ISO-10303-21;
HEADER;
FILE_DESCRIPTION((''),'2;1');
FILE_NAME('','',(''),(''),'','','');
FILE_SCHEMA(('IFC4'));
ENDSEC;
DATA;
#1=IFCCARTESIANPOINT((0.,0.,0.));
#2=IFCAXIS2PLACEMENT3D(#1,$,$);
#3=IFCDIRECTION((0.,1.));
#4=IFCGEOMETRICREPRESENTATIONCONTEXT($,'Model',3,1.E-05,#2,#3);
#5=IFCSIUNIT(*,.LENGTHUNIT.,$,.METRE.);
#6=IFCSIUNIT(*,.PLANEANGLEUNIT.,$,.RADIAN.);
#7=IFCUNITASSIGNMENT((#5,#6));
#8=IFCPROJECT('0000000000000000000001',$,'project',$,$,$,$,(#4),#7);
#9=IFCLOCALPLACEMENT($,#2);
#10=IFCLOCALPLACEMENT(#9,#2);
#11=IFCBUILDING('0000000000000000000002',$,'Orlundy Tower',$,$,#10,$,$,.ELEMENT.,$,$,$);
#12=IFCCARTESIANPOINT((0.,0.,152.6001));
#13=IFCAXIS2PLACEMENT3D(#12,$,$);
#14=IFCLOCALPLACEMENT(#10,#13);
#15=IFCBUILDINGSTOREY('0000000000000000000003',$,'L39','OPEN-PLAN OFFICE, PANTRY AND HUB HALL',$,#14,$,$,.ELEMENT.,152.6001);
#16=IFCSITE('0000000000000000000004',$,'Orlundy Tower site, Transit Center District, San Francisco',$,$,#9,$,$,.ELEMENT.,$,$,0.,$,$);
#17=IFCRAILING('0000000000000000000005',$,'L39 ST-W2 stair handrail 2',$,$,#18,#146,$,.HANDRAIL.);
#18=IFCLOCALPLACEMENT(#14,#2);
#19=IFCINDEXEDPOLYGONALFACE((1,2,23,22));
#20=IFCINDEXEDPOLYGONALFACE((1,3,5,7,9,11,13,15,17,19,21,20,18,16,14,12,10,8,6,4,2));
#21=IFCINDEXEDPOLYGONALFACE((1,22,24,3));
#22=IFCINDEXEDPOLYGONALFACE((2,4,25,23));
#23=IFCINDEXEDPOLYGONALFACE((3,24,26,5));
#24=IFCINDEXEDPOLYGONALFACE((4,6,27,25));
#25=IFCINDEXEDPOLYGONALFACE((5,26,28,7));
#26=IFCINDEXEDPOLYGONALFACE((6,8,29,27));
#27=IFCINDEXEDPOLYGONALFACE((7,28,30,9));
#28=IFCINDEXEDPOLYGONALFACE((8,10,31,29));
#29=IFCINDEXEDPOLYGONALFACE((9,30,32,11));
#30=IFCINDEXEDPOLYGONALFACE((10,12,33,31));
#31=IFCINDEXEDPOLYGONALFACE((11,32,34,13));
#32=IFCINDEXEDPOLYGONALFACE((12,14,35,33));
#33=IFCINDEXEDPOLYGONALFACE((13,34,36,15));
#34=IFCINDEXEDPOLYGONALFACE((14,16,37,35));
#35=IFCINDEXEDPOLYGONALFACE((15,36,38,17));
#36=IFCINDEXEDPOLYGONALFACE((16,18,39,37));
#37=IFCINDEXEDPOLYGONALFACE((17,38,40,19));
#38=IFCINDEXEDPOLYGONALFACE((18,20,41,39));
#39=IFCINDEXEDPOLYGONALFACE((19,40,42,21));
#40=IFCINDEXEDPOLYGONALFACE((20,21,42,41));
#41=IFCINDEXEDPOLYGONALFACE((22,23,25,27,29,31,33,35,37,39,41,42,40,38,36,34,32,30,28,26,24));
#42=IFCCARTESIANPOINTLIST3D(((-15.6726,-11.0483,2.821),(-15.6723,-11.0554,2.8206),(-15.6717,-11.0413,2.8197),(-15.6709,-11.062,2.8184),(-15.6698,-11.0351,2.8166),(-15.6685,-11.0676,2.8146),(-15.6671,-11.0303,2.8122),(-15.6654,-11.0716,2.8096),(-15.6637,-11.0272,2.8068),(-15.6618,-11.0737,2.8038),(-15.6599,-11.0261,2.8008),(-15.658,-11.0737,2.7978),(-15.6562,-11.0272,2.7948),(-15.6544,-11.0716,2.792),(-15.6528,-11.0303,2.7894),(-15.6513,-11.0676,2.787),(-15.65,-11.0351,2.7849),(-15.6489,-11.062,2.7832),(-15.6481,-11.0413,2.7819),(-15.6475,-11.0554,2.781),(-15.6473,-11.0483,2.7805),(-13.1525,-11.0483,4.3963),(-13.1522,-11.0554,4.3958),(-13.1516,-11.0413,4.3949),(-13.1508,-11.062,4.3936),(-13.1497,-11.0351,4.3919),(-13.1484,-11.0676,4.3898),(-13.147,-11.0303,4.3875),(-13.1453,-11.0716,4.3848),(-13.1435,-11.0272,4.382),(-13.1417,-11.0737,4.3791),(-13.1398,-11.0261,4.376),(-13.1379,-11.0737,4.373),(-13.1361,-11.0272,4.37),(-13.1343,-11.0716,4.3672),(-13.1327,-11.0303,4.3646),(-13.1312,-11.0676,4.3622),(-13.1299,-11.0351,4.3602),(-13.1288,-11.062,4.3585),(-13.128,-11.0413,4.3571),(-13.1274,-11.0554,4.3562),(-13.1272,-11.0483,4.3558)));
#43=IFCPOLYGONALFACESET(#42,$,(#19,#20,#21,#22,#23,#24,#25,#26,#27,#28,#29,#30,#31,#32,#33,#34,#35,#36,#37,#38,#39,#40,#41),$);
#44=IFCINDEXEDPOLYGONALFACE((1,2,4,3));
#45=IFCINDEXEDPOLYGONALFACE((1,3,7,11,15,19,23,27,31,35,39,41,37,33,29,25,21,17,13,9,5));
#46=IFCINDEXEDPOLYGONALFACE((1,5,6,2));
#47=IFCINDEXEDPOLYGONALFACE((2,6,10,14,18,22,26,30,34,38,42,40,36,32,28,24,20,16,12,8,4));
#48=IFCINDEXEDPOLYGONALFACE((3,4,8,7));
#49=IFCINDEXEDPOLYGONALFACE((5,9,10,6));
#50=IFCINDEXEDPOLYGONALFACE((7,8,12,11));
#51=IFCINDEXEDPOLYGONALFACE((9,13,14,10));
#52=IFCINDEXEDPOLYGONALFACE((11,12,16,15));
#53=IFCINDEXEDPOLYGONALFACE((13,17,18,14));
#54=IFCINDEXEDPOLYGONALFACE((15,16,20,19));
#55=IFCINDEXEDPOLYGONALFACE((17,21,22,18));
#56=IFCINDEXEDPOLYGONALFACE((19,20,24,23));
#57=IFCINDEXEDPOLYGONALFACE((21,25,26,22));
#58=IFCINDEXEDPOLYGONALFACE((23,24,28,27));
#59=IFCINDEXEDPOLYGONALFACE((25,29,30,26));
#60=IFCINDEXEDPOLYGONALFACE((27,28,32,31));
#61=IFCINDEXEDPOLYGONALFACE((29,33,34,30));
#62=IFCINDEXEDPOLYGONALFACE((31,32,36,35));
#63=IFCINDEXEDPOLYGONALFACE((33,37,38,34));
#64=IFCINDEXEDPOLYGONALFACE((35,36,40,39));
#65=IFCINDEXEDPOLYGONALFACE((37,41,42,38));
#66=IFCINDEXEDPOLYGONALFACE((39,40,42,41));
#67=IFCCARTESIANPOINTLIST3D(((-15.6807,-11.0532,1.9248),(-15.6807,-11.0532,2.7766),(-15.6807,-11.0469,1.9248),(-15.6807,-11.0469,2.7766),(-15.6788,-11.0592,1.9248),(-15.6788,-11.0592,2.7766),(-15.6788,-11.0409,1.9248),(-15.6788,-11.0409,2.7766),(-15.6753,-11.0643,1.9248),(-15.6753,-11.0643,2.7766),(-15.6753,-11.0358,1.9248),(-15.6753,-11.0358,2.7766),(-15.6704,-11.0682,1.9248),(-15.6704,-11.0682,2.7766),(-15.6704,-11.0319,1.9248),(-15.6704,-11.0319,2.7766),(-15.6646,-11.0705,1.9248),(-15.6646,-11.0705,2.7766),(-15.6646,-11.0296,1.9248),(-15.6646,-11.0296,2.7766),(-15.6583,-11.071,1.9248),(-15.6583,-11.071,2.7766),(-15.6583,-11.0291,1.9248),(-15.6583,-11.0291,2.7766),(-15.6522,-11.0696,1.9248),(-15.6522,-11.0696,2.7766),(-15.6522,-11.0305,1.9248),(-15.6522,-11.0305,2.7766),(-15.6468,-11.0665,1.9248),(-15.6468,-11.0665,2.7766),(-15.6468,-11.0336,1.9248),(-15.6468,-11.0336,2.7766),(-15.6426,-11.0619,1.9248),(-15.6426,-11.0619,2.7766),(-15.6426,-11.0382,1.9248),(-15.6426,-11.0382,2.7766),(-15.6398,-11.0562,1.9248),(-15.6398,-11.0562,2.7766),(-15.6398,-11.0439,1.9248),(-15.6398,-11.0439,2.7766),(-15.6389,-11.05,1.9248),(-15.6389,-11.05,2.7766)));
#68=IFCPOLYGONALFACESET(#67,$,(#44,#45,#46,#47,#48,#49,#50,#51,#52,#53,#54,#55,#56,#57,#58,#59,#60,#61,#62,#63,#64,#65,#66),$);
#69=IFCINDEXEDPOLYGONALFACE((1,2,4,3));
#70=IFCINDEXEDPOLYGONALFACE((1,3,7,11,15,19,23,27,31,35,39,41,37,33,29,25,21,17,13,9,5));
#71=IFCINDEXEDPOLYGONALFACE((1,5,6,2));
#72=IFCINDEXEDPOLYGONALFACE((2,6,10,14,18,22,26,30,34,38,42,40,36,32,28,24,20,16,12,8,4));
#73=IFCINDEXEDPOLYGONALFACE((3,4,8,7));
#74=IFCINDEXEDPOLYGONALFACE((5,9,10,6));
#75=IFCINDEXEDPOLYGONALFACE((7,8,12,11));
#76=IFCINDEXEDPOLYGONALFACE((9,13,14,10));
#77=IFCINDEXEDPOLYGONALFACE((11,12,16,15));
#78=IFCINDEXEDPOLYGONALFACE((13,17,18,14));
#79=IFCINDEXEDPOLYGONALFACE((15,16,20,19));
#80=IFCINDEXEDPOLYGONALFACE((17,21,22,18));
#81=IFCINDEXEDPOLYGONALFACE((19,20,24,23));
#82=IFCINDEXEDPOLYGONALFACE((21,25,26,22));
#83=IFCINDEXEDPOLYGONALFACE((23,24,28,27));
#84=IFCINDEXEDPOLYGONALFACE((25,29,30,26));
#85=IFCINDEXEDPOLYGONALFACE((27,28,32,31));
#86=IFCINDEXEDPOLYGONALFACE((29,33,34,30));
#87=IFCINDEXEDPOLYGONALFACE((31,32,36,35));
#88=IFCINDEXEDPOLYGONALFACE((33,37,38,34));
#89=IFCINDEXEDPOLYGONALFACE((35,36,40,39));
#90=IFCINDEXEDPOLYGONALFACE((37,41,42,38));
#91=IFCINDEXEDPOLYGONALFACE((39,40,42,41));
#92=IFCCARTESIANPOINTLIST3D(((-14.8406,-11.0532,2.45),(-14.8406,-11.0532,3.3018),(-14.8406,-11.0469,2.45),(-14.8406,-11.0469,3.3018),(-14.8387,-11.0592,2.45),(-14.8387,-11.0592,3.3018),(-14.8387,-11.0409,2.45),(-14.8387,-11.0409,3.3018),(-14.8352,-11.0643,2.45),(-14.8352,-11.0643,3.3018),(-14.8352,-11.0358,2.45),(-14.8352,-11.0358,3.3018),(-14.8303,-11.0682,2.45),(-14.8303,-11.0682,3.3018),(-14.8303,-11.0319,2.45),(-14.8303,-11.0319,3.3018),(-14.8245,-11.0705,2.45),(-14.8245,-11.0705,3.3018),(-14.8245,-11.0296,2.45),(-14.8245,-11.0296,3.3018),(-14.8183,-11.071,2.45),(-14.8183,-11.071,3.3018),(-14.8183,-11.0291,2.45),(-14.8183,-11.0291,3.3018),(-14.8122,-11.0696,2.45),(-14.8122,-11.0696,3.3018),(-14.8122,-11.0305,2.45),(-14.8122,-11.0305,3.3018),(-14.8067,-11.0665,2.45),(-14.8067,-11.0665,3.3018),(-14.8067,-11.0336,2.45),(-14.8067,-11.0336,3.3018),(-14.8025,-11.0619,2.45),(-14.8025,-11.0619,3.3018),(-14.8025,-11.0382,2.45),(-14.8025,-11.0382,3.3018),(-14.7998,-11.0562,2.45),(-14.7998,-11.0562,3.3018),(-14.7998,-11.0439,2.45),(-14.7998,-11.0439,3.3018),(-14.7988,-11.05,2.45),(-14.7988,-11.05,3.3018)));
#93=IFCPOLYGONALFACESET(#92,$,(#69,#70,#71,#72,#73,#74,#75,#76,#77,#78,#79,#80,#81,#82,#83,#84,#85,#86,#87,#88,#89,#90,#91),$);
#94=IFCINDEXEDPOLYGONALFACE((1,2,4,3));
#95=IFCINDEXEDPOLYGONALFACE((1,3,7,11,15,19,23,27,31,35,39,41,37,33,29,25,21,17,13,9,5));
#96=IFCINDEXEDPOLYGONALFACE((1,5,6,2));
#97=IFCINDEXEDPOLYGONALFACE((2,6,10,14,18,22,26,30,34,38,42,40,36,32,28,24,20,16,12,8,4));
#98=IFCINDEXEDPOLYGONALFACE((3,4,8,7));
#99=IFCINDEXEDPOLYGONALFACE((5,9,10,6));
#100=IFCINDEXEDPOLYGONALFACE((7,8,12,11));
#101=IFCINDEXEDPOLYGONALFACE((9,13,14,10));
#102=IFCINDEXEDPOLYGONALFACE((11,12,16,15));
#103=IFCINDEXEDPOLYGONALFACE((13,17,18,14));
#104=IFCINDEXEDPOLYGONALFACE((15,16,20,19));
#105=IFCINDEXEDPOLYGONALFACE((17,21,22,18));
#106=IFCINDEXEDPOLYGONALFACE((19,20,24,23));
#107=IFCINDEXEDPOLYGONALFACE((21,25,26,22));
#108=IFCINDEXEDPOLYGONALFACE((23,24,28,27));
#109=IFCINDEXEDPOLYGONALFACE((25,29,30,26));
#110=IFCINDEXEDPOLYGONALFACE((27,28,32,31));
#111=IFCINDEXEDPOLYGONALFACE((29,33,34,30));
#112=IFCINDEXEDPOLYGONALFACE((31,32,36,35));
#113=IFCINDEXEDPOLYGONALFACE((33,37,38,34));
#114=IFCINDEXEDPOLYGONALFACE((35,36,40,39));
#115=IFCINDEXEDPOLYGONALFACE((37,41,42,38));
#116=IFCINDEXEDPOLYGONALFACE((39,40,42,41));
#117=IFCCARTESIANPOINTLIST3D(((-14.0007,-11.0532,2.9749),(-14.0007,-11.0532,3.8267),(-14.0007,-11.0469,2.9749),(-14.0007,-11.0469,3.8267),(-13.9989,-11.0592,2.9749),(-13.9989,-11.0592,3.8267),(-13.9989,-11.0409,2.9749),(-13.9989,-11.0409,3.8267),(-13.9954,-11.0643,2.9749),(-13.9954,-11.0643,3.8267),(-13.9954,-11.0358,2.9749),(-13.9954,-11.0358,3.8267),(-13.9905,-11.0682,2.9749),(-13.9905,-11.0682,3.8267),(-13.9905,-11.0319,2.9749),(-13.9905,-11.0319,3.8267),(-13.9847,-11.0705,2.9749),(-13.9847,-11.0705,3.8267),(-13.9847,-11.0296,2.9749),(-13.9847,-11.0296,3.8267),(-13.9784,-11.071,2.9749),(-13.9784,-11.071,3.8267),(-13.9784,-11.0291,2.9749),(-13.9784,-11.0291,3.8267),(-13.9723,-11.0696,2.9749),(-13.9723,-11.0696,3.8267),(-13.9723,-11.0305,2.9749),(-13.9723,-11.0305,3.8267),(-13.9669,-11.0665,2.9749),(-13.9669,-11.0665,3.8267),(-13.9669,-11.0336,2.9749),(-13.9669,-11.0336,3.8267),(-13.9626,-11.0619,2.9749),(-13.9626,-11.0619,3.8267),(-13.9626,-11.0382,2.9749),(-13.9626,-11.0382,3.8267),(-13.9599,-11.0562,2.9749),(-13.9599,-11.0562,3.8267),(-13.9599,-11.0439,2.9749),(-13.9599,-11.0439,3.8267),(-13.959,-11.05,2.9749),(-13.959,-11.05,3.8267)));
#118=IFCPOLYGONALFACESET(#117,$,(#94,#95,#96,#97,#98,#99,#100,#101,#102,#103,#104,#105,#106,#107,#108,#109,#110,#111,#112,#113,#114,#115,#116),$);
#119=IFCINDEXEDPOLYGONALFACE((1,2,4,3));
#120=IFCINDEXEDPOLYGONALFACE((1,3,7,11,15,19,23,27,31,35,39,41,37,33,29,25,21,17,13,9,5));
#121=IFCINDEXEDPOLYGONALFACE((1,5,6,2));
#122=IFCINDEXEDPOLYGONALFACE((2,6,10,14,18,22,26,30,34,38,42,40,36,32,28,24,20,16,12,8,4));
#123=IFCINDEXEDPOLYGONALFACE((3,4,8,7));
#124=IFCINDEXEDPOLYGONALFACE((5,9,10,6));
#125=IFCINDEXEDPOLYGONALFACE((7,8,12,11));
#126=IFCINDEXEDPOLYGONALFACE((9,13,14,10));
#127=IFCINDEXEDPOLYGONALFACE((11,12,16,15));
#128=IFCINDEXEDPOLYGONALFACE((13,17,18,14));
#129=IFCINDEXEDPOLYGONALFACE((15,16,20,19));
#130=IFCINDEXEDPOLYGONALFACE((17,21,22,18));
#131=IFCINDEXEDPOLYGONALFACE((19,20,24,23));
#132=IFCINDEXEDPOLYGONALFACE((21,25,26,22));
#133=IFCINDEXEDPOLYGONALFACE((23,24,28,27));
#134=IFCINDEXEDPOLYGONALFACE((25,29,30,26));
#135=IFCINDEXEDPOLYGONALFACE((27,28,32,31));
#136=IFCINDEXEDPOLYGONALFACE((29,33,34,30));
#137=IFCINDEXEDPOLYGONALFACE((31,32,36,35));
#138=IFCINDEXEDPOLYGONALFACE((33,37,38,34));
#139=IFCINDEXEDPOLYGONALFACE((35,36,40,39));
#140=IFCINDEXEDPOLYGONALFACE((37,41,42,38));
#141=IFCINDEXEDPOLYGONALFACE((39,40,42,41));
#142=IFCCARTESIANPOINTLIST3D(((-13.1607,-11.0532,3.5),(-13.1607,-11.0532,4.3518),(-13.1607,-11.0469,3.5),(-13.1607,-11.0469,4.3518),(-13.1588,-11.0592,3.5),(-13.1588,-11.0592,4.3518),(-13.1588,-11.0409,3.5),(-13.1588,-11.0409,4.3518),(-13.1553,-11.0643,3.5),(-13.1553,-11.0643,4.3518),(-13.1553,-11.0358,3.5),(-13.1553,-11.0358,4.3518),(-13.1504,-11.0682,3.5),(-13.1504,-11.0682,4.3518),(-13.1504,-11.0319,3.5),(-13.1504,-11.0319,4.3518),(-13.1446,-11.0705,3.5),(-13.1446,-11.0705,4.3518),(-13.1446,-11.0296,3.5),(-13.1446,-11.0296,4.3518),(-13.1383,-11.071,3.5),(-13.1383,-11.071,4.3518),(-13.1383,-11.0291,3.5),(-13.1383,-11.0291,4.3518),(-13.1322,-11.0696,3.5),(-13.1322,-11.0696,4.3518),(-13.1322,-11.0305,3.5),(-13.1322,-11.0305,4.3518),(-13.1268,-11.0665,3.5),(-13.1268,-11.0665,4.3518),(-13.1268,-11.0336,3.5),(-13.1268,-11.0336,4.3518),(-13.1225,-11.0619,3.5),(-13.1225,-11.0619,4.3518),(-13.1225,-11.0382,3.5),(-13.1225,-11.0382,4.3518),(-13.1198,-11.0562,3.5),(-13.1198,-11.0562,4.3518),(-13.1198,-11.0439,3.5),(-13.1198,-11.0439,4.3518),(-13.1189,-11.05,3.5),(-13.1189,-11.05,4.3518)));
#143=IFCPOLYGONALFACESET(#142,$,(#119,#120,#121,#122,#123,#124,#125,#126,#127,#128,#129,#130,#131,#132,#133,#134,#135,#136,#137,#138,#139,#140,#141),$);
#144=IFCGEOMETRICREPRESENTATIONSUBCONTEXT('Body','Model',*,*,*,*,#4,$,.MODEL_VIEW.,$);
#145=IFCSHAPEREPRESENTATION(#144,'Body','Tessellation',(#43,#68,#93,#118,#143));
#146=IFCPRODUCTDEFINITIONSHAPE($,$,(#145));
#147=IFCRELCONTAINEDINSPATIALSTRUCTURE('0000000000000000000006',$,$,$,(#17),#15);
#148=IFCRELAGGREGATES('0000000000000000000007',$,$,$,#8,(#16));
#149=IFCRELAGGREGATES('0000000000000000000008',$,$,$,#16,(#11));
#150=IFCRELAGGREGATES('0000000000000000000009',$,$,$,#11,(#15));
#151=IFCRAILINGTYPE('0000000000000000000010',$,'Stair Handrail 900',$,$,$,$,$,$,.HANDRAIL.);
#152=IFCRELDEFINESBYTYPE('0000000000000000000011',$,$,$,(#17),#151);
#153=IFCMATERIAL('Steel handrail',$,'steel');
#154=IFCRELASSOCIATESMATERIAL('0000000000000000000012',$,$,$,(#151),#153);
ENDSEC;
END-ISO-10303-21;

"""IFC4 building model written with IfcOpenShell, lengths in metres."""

from ifc_helpers import new_model, si_unit, direction, frame, origin, origin_2d, place, context, subcontext, project, spatial, circle, extrude, material, type_object, element, save


model = new_model("IFC4")

# Units and contexts
model_context = context("Model", 3, precision=1e-05, world=origin(), true_north=direction((0.0, 1.0)))
body_context = subcontext(model_context, "Body", "Model", "MODEL_VIEW")
ifc_project = project(units=[si_unit("LENGTHUNIT", "METRE"), si_unit("PLANEANGLEUNIT", "RADIAN")], contexts=[model_context])

# Site, building, storey
site_placement = place(None, origin())
site = spatial("IfcSite", under=ifc_project, at=site_placement, Name="Orlundy Tower site, Transit Center District, San Francisco", CompositionType="ELEMENT", RefElevation=0.0)
building_placement = place(site_placement, origin())
building = spatial("IfcBuilding", under=site, at=building_placement, Name="Orlundy Tower", CompositionType="ELEMENT")
storey_placement = place(building_placement, frame((0.0, 0.0, 152.6001)))
storey = spatial("IfcBuildingStorey", under=building, at=storey_placement, Name="L39", Description="OPEN-PLAN OFFICE, PANTRY AND HUB HALL", CompositionType="ELEMENT", Elevation=152.6001)

# Railing
ifc_material_1 = material(Name="Steel handrail", Category="steel")
railing_type_1 = type_object("IfcRailingType", Name="Stair Handrail 900", PredefinedType="HANDRAIL", material=ifc_material_1)
railing_1_placement = place(storey_placement, frame((-15.6599, -11.05, 1.9248)))
element("IfcRailing", 1, at=railing_1_placement, inside=storey, type_object=railing_type_1, Name="L39 ST-W2 stair handrail 2", PredefinedType="HANDRAIL", context=body_context, shape_type="SweptSolid", body=[
    extrude(circle(Radius=0.0239, at=origin_2d()), frame((0.0, 0.0, 0.876), z_axis=(0.847971, 0.0, 0.530043), x_axis=(0.0, 1.0, 0.0)), (0.0, 0.0, 1.0), 2.9719),
    extrude(circle(Radius=0.021, at=origin_2d()), origin(), (0.0, 0.0, 1.0), 0.8518),
    extrude(circle(Radius=0.021, at=origin_2d()), frame((0.8401, 0.0, 0.5251)), (0.0, 0.0, 1.0), 0.8518),
    extrude(circle(Radius=0.021, at=origin_2d()), frame((1.6799, 0.0, 1.05)), (0.0, 0.0, 1.0), 0.8518),
    extrude(circle(Radius=0.021, at=origin_2d()), frame((2.52, 0.0, 1.5752)), (0.0, 0.0, 1.0), 0.8518),
])

save(model, "model.ifc")
